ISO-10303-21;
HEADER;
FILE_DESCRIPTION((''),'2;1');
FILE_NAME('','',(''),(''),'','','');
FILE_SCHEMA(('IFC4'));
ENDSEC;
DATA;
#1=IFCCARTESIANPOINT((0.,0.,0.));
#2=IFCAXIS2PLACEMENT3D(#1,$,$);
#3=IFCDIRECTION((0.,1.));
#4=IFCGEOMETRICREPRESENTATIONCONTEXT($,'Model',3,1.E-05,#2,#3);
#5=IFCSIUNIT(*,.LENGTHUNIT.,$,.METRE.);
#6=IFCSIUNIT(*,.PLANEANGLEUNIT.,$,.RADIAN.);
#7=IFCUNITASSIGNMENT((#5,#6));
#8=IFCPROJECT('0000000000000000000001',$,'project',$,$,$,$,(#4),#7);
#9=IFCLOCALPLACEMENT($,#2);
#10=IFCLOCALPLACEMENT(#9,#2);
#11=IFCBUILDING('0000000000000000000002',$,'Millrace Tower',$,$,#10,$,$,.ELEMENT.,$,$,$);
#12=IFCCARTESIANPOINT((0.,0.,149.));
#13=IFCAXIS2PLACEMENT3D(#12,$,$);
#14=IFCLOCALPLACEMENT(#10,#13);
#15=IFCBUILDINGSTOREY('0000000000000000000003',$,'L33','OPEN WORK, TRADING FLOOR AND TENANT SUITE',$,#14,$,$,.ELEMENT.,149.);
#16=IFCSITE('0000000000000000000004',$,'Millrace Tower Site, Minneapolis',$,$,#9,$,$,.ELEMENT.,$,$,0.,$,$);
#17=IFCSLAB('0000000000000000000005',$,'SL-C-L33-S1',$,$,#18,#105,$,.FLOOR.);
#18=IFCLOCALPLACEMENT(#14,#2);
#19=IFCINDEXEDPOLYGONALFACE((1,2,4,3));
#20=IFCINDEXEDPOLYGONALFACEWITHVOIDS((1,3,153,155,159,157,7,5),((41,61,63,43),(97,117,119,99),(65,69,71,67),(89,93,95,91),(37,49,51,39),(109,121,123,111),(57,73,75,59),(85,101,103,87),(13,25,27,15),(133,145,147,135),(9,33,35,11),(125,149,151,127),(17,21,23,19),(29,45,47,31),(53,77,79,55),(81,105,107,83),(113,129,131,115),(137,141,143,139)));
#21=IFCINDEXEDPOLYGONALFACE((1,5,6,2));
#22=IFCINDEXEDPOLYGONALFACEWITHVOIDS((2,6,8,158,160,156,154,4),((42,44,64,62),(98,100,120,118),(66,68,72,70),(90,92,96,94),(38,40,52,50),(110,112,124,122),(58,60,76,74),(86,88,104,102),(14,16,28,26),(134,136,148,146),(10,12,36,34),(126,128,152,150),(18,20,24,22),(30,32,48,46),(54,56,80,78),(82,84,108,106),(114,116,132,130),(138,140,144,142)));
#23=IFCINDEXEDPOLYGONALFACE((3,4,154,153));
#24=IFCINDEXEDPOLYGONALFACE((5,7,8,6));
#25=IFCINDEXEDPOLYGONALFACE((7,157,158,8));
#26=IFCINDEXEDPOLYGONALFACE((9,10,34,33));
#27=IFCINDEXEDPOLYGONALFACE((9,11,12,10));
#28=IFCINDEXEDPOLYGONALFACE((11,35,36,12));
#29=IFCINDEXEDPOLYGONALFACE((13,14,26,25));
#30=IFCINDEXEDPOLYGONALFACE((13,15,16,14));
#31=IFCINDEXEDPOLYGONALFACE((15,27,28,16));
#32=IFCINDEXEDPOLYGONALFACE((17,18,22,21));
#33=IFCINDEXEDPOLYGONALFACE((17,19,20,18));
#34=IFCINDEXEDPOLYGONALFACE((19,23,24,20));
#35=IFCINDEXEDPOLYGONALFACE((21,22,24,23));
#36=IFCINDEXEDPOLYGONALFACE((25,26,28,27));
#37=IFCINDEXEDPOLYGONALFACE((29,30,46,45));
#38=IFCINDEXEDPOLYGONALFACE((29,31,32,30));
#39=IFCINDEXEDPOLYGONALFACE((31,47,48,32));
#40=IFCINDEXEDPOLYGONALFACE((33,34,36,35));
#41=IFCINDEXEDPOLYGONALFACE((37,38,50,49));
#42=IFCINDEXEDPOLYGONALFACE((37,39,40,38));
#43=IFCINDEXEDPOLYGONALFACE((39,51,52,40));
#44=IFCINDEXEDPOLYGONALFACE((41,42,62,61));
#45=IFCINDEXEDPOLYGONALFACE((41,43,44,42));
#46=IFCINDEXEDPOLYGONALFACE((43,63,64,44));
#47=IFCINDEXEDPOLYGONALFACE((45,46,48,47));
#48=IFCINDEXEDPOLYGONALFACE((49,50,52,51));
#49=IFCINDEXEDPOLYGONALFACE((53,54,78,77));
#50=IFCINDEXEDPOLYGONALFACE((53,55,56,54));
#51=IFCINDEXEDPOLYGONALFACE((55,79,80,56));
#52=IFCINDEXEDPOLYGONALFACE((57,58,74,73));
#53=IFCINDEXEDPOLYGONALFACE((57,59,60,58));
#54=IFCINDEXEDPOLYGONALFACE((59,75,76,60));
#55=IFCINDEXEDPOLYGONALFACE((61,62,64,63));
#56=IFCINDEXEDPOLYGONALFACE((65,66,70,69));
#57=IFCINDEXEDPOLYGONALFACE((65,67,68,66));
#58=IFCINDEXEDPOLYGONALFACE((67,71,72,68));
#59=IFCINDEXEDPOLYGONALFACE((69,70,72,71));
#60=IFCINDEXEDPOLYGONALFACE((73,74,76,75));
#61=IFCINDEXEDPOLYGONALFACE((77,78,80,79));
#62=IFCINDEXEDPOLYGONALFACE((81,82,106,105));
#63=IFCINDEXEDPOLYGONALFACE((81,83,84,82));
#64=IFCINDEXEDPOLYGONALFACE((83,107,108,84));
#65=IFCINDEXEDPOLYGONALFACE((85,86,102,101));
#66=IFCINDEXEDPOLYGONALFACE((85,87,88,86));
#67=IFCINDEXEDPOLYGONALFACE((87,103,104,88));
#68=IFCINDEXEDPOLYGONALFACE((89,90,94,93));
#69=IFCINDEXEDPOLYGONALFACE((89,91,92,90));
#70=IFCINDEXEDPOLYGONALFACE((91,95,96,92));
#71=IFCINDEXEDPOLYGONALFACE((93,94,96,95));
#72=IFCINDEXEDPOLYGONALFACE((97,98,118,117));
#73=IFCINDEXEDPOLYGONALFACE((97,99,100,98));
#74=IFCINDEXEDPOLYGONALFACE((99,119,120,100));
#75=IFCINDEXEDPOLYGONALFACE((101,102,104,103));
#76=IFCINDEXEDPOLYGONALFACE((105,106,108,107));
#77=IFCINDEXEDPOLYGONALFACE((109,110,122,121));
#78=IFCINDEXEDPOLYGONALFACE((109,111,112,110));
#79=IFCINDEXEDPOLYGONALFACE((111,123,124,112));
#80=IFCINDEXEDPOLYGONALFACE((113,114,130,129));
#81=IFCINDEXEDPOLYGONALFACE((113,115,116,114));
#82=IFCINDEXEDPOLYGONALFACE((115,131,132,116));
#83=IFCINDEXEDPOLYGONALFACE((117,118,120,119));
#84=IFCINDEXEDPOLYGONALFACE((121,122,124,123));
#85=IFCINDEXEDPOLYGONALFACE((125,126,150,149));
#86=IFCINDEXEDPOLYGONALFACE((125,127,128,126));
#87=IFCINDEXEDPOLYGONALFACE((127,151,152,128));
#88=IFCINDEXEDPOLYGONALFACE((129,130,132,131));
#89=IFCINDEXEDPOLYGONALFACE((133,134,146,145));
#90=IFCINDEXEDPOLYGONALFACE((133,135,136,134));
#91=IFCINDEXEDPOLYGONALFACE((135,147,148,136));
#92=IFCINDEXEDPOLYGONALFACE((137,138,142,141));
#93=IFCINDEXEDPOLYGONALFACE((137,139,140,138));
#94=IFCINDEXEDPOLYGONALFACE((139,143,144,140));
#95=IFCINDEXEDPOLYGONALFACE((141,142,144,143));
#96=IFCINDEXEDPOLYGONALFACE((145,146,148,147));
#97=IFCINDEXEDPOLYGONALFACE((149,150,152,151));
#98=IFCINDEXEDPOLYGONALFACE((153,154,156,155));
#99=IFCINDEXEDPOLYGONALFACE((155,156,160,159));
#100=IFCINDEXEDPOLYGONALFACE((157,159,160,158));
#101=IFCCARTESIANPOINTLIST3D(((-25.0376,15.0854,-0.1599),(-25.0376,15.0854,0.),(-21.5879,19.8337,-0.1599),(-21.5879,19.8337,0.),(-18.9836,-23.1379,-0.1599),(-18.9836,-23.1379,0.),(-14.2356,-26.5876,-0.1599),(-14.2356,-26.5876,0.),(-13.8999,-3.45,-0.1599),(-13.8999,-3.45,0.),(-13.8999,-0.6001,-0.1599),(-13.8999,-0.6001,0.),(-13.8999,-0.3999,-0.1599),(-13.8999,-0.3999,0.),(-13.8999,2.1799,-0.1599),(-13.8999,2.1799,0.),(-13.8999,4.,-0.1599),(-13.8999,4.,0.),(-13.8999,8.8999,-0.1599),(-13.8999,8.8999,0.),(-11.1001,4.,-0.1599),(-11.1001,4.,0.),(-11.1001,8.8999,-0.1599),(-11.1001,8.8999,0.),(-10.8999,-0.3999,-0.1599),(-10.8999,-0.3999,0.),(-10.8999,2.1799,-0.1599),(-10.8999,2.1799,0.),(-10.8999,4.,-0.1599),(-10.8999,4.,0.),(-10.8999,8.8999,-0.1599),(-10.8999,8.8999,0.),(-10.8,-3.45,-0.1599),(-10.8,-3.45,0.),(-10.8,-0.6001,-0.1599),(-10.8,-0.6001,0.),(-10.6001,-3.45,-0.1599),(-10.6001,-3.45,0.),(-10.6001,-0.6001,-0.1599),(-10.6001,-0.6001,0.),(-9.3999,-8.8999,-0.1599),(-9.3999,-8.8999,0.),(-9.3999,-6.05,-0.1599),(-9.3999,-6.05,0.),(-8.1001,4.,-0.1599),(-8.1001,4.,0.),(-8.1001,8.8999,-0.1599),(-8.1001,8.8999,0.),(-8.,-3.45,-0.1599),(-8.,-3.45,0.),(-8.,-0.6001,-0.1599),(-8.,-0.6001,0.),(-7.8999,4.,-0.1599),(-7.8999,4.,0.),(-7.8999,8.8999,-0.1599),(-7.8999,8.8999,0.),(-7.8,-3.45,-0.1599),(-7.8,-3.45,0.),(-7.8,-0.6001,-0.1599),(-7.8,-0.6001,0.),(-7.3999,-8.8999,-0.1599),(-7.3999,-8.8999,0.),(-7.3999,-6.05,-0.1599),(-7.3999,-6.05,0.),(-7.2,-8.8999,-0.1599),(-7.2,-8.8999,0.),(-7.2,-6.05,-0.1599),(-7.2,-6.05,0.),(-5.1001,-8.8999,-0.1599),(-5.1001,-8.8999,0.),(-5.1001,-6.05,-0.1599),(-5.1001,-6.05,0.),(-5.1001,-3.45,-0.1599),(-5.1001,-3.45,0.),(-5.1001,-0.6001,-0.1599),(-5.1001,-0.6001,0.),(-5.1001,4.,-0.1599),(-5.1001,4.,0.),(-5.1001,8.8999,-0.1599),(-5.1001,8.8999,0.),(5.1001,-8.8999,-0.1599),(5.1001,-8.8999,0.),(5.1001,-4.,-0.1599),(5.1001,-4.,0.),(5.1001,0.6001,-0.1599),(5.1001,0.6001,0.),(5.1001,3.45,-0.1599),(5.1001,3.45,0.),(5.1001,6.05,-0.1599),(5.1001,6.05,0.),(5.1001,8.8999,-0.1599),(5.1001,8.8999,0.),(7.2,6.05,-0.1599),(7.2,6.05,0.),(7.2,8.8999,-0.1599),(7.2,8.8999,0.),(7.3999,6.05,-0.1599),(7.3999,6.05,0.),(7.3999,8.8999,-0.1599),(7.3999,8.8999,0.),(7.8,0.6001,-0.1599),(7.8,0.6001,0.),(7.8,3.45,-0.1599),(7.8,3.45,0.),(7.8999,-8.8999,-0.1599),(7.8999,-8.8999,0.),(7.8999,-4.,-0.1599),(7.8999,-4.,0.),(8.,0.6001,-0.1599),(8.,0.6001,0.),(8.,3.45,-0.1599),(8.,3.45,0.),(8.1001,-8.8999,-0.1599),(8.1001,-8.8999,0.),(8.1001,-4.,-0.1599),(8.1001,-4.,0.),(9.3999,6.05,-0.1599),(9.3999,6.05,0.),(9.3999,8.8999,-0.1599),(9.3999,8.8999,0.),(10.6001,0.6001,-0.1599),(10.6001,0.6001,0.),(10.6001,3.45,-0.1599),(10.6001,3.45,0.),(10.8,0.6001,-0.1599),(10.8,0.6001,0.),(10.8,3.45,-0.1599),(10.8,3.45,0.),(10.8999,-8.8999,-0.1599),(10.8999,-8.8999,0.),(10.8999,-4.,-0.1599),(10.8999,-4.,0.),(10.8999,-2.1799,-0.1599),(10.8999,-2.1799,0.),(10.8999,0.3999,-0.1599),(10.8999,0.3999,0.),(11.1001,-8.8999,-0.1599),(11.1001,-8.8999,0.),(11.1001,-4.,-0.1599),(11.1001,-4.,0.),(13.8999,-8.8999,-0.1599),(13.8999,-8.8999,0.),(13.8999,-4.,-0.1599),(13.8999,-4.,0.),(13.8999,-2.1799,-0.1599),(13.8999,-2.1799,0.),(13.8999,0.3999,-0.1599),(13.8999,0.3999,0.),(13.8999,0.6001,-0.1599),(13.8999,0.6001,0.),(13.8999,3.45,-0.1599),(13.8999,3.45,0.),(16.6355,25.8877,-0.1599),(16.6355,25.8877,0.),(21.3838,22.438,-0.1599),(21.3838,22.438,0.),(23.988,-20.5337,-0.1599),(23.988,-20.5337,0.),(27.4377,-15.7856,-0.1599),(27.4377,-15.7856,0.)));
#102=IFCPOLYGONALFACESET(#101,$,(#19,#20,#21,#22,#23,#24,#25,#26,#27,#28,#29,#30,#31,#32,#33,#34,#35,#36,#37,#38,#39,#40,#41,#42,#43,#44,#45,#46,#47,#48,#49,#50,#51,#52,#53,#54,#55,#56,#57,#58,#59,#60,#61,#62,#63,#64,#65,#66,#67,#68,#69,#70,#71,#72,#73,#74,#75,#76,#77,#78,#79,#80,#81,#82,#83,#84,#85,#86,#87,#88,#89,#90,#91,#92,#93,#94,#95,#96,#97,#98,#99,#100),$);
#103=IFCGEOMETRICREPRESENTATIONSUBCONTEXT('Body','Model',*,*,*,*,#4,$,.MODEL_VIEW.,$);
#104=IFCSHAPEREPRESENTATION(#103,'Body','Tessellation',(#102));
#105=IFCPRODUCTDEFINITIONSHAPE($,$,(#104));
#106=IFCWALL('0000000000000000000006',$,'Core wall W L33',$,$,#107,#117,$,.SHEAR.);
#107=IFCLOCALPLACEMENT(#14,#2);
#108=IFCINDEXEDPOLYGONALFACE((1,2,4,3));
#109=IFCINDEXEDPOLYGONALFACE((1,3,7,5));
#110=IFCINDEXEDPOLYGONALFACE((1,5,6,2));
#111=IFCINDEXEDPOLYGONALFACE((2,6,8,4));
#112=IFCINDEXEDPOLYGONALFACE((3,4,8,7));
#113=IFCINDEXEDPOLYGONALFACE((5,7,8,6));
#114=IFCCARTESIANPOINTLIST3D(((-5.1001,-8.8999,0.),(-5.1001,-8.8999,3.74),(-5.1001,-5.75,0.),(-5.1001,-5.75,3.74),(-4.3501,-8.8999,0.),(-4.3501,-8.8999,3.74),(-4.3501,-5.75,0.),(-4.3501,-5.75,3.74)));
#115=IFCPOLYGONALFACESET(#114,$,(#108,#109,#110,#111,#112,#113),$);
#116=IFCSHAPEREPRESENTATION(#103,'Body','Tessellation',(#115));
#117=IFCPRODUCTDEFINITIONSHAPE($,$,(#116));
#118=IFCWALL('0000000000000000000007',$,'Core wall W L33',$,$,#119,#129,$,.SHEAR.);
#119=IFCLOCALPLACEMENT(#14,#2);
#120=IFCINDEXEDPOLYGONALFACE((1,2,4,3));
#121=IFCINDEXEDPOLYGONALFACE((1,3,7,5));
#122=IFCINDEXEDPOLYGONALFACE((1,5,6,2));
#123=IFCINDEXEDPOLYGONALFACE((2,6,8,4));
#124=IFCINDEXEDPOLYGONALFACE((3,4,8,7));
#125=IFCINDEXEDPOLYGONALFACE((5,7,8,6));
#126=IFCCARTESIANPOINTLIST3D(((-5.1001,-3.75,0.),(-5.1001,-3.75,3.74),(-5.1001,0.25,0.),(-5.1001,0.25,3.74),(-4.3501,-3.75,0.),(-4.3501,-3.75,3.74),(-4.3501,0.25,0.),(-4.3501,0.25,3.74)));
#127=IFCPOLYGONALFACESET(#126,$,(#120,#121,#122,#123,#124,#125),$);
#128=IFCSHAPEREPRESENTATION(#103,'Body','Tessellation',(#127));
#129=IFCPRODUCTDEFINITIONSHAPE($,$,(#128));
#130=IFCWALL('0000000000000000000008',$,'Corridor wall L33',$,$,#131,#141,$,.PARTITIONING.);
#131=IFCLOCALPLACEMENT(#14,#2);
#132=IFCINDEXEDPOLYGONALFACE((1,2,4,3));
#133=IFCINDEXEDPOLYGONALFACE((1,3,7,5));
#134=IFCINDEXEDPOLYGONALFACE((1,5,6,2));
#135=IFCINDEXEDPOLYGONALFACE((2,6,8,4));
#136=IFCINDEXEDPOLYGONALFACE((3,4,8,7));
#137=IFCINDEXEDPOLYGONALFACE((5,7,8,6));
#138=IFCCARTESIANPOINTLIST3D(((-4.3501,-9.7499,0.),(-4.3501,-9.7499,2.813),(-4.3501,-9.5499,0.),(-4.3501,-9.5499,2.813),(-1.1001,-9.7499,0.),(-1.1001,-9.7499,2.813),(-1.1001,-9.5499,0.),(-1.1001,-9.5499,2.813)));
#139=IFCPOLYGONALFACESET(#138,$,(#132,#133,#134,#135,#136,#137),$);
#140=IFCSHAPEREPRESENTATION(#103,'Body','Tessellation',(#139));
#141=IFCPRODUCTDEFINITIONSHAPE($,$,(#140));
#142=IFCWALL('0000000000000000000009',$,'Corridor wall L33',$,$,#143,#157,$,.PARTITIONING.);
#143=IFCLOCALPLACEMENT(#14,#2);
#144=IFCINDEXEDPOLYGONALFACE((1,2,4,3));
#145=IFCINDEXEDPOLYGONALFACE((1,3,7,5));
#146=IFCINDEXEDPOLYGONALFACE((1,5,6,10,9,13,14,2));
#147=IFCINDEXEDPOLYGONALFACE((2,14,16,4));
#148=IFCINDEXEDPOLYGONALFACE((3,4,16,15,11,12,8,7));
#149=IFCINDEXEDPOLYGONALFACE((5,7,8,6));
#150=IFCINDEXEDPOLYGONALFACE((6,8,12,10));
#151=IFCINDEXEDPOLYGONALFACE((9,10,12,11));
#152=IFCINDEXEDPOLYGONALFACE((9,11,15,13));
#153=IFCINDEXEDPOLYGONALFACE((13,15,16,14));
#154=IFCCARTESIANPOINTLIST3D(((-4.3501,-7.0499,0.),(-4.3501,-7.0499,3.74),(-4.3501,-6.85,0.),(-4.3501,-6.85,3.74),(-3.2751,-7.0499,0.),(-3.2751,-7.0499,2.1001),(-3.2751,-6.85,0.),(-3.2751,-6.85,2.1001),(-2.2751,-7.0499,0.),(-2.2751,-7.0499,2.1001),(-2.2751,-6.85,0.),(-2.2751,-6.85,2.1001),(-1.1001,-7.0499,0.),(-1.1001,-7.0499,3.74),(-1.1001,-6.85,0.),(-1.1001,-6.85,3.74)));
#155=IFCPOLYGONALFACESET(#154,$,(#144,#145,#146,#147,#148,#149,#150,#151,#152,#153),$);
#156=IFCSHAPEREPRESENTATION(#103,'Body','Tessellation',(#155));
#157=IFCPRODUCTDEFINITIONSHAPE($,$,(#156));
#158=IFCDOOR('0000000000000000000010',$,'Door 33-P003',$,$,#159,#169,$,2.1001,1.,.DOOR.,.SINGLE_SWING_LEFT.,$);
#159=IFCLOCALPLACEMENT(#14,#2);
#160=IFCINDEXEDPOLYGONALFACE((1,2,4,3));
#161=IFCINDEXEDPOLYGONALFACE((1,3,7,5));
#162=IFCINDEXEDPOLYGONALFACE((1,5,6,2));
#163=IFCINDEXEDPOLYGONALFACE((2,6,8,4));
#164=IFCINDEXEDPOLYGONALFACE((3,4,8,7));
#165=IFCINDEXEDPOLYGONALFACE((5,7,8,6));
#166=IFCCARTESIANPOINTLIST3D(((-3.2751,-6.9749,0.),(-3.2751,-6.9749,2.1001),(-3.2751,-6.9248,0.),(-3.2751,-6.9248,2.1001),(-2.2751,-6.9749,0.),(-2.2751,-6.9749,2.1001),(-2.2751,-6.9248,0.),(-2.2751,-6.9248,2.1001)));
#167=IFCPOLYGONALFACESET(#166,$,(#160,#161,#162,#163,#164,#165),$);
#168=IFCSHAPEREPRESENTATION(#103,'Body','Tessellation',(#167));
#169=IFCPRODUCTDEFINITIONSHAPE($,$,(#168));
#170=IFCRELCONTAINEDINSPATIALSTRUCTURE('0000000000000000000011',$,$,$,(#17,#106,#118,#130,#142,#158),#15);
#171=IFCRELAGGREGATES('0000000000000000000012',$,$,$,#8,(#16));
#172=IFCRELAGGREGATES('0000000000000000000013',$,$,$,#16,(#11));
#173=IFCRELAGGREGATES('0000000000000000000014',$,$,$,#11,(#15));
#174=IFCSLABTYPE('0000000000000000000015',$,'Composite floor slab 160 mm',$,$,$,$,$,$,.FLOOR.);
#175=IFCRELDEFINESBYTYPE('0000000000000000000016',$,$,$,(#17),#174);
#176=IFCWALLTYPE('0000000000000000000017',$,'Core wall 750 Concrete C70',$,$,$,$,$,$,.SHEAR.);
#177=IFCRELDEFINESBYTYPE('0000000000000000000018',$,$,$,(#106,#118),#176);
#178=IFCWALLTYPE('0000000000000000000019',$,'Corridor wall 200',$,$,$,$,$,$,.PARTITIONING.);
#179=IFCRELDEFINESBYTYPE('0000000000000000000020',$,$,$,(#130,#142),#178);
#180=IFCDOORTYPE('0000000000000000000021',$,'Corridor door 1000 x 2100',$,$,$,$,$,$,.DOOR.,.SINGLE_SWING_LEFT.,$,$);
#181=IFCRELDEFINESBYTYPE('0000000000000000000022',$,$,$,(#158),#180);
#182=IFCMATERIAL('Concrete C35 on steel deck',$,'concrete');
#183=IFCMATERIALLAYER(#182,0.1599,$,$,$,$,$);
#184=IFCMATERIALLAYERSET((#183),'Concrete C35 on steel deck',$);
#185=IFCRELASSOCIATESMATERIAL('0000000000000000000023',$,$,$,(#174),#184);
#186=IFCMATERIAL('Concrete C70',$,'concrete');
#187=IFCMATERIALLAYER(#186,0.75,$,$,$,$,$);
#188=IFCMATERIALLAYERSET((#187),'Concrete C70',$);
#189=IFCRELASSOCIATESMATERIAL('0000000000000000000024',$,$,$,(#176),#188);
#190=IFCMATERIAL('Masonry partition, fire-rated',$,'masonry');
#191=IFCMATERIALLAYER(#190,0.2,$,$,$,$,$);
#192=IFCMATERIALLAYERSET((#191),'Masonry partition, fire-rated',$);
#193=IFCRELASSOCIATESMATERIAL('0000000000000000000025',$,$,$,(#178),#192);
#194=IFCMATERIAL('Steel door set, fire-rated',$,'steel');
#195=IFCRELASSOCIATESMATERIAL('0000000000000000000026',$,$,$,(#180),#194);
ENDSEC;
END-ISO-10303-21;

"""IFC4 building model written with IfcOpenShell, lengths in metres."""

from ifc_helpers import new_model, si_unit, direction, frame, frame_2d, origin, place, context, subcontext, project, spatial, polyline, rectangle, outline, extrude, material, layer, layer_set, type_object, element, fill, save


model = new_model("IFC4")

# Units and contexts
model_context = context("Model", 3, precision=1e-05, world=origin(), true_north=direction((0.0, 1.0)))
body_context = subcontext(model_context, "Body", "Model", "MODEL_VIEW")
ifc_project = project(units=[si_unit("LENGTHUNIT", "METRE"), si_unit("PLANEANGLEUNIT", "RADIAN")], contexts=[model_context])

# Site, building, storey
site_placement = place(None, origin())
site = spatial("IfcSite", under=ifc_project, at=site_placement, Name="Millrace Tower Site, Minneapolis", CompositionType="ELEMENT", RefElevation=0.0)
building_placement = place(site_placement, origin())
building = spatial("IfcBuilding", under=site, at=building_placement, Name="Millrace Tower", CompositionType="ELEMENT")
storey_placement = place(building_placement, frame((0.0, 0.0, 149.0)))
storey = spatial("IfcBuildingStorey", under=building, at=storey_placement, Name="L33", Description="OPEN WORK, TRADING FLOOR AND TENANT SUITE", CompositionType="ELEMENT", Elevation=149.0)

# Slab
ifc_material_1 = material(Name="Concrete C35 on steel deck", Category="concrete")
ifc_layer_1 = layer(ifc_material_1, 0.1599)
ifc_layer_set_1 = layer_set([ifc_layer_1], Name="Concrete C35 on steel deck")
slab_type = type_object("IfcSlabType", Name="Composite floor slab 160 mm", PredefinedType="FLOOR", material=ifc_layer_set_1)
slab_placement = place(storey_placement, frame((0.0, 0.0, -0.1599)))
element("IfcSlab", 1, at=slab_placement, inside=storey, type_object=slab_type, Name="SL-C-L33-S1", PredefinedType="FLOOR", context=body_context, shape_type="SweptSolid", body=[
    extrude(outline(polyline([(-18.9836, -23.1379), (-14.2356, -26.5876), (23.988, -20.5337), (27.4377, -15.7856), (21.3838, 22.438), (16.6355, 25.8877), (-21.5879, 19.8337), (-25.0376, 15.0854), (-18.9836, -23.1379)]), holes=[polyline([(-9.3999, -8.8999), (-7.3999, -8.8999), (-7.3999, -6.05), (-9.3999, -6.05), (-9.3999, -8.8999)]), polyline([(-7.2, -8.8999), (-5.1001, -8.8999), (-5.1001, -6.05), (-7.2, -6.05), (-7.2, -8.8999)]), polyline([(-13.8999, -3.45), (-10.8, -3.45), (-10.8, -0.6001), (-13.8999, -0.6001), (-13.8999, -3.45)]), polyline([(-10.6001, -3.45), (-8.0, -3.45), (-8.0, -0.6001), (-10.6001, -0.6001), (-10.6001, -3.45)]), polyline([(-7.8, -3.45), (-5.1001, -3.45), (-5.1001, -0.6001), (-7.8, -0.6001), (-7.8, -3.45)]), polyline([(-13.8999, -0.3999), (-10.8999, -0.3999), (-10.8999, 2.1799), (-13.8999, 2.1799), (-13.8999, -0.3999)]), polyline([(-13.8999, 4.0), (-11.1001, 4.0), (-11.1001, 8.8999), (-13.8999, 8.8999), (-13.8999, 4.0)]), polyline([(-10.8999, 4.0), (-8.1001, 4.0), (-8.1001, 8.8999), (-10.8999, 8.8999), (-10.8999, 4.0)]), polyline([(-7.8999, 4.0), (-5.1001, 4.0), (-5.1001, 8.8999), (-7.8999, 8.8999), (-7.8999, 4.0)]), polyline([(7.3999, 6.05), (9.3999, 6.05), (9.3999, 8.8999), (7.3999, 8.8999), (7.3999, 6.05)]), polyline([(5.1001, 6.05), (7.2, 6.05), (7.2, 8.8999), (5.1001, 8.8999), (5.1001, 6.05)]), polyline([(10.8, 0.6001), (13.8999, 0.6001), (13.8999, 3.45), (10.8, 3.45), (10.8, 0.6001)]), polyline([(8.0, 0.6001), (10.6001, 0.6001), (10.6001, 3.45), (8.0, 3.45), (8.0, 0.6001)]), polyline([(5.1001, 0.6001), (7.8, 0.6001), (7.8, 3.45), (5.1001, 3.45), (5.1001, 0.6001)]), polyline([(10.8999, -2.1799), (13.8999, -2.1799), (13.8999, 0.3999), (10.8999, 0.3999), (10.8999, -2.1799)]), polyline([(11.1001, -8.8999), (13.8999, -8.8999), (13.8999, -4.0), (11.1001, -4.0), (11.1001, -8.8999)]), polyline([(8.1001, -8.8999), (10.8999, -8.8999), (10.8999, -4.0), (8.1001, -4.0), (8.1001, -8.8999)]), polyline([(5.1001, -8.8999), (7.8999, -8.8999), (7.8999, -4.0), (5.1001, -4.0), (5.1001, -8.8999)])]), origin(), (0.0, 0.0, 1.0), 0.1599),
])

# Walls
ifc_material_2 = material(Name="Concrete C70", Category="concrete")
ifc_layer_2 = layer(ifc_material_2, 0.75)
ifc_layer_set_2 = layer_set([ifc_layer_2], Name="Concrete C70")
wall_type_1 = type_object("IfcWallType", Name="Core wall 750 Concrete C70", PredefinedType="SHEAR", material=ifc_layer_set_2)
wall_1_placement = place(storey_placement, frame((-4.7251, -8.8999, 0.0), z_axis=(0.0, 0.0, 1.0), x_axis=(0.0, 1.0, 0.0)))
element("IfcWall", 2, at=wall_1_placement, inside=storey, type_object=wall_type_1, Name="Core wall W L33", PredefinedType="SHEAR", context=body_context, shape_type="SweptSolid", body=[
    extrude(rectangle(XDim=3.1499, YDim=0.75, at=frame_2d((1.575, 0.0))), origin(), (0.0, 0.0, 1.0), 3.74),
])
wall_2_placement = place(storey_placement, frame((-4.7251, -3.75, 0.0), z_axis=(0.0, 0.0, 1.0), x_axis=(0.0, 1.0, 0.0)))
element("IfcWall", 3, at=wall_2_placement, inside=storey, type_object=wall_type_1, Name="Core wall W L33", PredefinedType="SHEAR", context=body_context, shape_type="SweptSolid", body=[
    extrude(rectangle(XDim=4.0, YDim=0.75, at=frame_2d((2.0, 0.0))), origin(), (0.0, 0.0, 1.0), 3.74),
])
ifc_material_3 = material(Name="Masonry partition, fire-rated", Category="masonry")
ifc_layer_3 = layer(ifc_material_3, 0.2)
ifc_layer_set_3 = layer_set([ifc_layer_3], Name="Masonry partition, fire-rated")
wall_type_2 = type_object("IfcWallType", Name="Corridor wall 200", PredefinedType="PARTITIONING", material=ifc_layer_set_3)
wall_3_placement = place(storey_placement, frame((-4.3501, -9.6499, 0.0), z_axis=(0.0, 0.0, 1.0), x_axis=(1.0, 0.0, 0.0)))
element("IfcWall", 4, at=wall_3_placement, inside=storey, type_object=wall_type_2, Name="Corridor wall L33", PredefinedType="PARTITIONING", context=body_context, shape_type="SweptSolid", body=[
    extrude(rectangle(XDim=3.25, YDim=0.2, at=frame_2d((1.625, 0.0))), origin(), (0.0, 0.0, 1.0), 2.813),
])

# Wall, opening, door
wall_4_placement = place(storey_placement, frame((-4.3501, -6.95, 0.0), z_axis=(0.0, 0.0, 1.0), x_axis=(1.0, 0.0, 0.0)))
wall_4 = element("IfcWall", 5, at=wall_4_placement, inside=storey, type_object=wall_type_2, Name="Corridor wall L33", PredefinedType="PARTITIONING", context=body_context, shape_type="SweptSolid", body=[
    extrude(rectangle(XDim=3.25, YDim=0.2, at=frame_2d((1.625, 0.0))), origin(), (0.0, 0.0, 1.0), 3.74),
])
opening_1_placement = place(wall_4_placement, frame((1.075, 0.0, 0.0)))
opening_1 = element("IfcOpeningElement", 6, at=opening_1_placement, cuts=wall_4, PredefinedType="OPENING", context=body_context, shape_type="SweptSolid", body=[
    extrude(rectangle(XDim=1.0, YDim=2.1001, at=frame_2d((0.5, 1.05))), frame((0.0, 0.1099, 0.0), z_axis=(0.0, -1.0, 0.0), x_axis=(1.0, 0.0, 0.0)), (0.0, 0.0, 1.0), 0.22),
])
ifc_material_4 = material(Name="Steel door set, fire-rated", Category="steel")
door_type_1 = type_object("IfcDoorType", Name="Corridor door 1000 x 2100", OperationType="SINGLE_SWING_LEFT", PredefinedType="DOOR", material=ifc_material_4)
door_1_placement = place(opening_1_placement, frame((1.0, 0.0, 0.0), z_axis=(0.0, 0.0, 1.0), x_axis=(-1.0, 0.0, 0.0)))
door_1 = element("IfcDoor", 7, at=door_1_placement, inside=storey, type_object=door_type_1, Name="Door 33-P003", OperationType="SINGLE_SWING_LEFT", OverallHeight=2.1001, OverallWidth=1.0, PredefinedType="DOOR", context=body_context, shape_type="SweptSolid", body=[
    extrude(rectangle(XDim=1.0, YDim=2.1001, at=frame_2d((0.5, 1.05))), frame((0.0, 0.0249, 0.0), z_axis=(0.0, -1.0, 0.0), x_axis=(1.0, 0.0, 0.0)), (0.0, 0.0, 1.0), 0.05),
])
fill(opening_1, door_1)

save(model, "model.ifc")
